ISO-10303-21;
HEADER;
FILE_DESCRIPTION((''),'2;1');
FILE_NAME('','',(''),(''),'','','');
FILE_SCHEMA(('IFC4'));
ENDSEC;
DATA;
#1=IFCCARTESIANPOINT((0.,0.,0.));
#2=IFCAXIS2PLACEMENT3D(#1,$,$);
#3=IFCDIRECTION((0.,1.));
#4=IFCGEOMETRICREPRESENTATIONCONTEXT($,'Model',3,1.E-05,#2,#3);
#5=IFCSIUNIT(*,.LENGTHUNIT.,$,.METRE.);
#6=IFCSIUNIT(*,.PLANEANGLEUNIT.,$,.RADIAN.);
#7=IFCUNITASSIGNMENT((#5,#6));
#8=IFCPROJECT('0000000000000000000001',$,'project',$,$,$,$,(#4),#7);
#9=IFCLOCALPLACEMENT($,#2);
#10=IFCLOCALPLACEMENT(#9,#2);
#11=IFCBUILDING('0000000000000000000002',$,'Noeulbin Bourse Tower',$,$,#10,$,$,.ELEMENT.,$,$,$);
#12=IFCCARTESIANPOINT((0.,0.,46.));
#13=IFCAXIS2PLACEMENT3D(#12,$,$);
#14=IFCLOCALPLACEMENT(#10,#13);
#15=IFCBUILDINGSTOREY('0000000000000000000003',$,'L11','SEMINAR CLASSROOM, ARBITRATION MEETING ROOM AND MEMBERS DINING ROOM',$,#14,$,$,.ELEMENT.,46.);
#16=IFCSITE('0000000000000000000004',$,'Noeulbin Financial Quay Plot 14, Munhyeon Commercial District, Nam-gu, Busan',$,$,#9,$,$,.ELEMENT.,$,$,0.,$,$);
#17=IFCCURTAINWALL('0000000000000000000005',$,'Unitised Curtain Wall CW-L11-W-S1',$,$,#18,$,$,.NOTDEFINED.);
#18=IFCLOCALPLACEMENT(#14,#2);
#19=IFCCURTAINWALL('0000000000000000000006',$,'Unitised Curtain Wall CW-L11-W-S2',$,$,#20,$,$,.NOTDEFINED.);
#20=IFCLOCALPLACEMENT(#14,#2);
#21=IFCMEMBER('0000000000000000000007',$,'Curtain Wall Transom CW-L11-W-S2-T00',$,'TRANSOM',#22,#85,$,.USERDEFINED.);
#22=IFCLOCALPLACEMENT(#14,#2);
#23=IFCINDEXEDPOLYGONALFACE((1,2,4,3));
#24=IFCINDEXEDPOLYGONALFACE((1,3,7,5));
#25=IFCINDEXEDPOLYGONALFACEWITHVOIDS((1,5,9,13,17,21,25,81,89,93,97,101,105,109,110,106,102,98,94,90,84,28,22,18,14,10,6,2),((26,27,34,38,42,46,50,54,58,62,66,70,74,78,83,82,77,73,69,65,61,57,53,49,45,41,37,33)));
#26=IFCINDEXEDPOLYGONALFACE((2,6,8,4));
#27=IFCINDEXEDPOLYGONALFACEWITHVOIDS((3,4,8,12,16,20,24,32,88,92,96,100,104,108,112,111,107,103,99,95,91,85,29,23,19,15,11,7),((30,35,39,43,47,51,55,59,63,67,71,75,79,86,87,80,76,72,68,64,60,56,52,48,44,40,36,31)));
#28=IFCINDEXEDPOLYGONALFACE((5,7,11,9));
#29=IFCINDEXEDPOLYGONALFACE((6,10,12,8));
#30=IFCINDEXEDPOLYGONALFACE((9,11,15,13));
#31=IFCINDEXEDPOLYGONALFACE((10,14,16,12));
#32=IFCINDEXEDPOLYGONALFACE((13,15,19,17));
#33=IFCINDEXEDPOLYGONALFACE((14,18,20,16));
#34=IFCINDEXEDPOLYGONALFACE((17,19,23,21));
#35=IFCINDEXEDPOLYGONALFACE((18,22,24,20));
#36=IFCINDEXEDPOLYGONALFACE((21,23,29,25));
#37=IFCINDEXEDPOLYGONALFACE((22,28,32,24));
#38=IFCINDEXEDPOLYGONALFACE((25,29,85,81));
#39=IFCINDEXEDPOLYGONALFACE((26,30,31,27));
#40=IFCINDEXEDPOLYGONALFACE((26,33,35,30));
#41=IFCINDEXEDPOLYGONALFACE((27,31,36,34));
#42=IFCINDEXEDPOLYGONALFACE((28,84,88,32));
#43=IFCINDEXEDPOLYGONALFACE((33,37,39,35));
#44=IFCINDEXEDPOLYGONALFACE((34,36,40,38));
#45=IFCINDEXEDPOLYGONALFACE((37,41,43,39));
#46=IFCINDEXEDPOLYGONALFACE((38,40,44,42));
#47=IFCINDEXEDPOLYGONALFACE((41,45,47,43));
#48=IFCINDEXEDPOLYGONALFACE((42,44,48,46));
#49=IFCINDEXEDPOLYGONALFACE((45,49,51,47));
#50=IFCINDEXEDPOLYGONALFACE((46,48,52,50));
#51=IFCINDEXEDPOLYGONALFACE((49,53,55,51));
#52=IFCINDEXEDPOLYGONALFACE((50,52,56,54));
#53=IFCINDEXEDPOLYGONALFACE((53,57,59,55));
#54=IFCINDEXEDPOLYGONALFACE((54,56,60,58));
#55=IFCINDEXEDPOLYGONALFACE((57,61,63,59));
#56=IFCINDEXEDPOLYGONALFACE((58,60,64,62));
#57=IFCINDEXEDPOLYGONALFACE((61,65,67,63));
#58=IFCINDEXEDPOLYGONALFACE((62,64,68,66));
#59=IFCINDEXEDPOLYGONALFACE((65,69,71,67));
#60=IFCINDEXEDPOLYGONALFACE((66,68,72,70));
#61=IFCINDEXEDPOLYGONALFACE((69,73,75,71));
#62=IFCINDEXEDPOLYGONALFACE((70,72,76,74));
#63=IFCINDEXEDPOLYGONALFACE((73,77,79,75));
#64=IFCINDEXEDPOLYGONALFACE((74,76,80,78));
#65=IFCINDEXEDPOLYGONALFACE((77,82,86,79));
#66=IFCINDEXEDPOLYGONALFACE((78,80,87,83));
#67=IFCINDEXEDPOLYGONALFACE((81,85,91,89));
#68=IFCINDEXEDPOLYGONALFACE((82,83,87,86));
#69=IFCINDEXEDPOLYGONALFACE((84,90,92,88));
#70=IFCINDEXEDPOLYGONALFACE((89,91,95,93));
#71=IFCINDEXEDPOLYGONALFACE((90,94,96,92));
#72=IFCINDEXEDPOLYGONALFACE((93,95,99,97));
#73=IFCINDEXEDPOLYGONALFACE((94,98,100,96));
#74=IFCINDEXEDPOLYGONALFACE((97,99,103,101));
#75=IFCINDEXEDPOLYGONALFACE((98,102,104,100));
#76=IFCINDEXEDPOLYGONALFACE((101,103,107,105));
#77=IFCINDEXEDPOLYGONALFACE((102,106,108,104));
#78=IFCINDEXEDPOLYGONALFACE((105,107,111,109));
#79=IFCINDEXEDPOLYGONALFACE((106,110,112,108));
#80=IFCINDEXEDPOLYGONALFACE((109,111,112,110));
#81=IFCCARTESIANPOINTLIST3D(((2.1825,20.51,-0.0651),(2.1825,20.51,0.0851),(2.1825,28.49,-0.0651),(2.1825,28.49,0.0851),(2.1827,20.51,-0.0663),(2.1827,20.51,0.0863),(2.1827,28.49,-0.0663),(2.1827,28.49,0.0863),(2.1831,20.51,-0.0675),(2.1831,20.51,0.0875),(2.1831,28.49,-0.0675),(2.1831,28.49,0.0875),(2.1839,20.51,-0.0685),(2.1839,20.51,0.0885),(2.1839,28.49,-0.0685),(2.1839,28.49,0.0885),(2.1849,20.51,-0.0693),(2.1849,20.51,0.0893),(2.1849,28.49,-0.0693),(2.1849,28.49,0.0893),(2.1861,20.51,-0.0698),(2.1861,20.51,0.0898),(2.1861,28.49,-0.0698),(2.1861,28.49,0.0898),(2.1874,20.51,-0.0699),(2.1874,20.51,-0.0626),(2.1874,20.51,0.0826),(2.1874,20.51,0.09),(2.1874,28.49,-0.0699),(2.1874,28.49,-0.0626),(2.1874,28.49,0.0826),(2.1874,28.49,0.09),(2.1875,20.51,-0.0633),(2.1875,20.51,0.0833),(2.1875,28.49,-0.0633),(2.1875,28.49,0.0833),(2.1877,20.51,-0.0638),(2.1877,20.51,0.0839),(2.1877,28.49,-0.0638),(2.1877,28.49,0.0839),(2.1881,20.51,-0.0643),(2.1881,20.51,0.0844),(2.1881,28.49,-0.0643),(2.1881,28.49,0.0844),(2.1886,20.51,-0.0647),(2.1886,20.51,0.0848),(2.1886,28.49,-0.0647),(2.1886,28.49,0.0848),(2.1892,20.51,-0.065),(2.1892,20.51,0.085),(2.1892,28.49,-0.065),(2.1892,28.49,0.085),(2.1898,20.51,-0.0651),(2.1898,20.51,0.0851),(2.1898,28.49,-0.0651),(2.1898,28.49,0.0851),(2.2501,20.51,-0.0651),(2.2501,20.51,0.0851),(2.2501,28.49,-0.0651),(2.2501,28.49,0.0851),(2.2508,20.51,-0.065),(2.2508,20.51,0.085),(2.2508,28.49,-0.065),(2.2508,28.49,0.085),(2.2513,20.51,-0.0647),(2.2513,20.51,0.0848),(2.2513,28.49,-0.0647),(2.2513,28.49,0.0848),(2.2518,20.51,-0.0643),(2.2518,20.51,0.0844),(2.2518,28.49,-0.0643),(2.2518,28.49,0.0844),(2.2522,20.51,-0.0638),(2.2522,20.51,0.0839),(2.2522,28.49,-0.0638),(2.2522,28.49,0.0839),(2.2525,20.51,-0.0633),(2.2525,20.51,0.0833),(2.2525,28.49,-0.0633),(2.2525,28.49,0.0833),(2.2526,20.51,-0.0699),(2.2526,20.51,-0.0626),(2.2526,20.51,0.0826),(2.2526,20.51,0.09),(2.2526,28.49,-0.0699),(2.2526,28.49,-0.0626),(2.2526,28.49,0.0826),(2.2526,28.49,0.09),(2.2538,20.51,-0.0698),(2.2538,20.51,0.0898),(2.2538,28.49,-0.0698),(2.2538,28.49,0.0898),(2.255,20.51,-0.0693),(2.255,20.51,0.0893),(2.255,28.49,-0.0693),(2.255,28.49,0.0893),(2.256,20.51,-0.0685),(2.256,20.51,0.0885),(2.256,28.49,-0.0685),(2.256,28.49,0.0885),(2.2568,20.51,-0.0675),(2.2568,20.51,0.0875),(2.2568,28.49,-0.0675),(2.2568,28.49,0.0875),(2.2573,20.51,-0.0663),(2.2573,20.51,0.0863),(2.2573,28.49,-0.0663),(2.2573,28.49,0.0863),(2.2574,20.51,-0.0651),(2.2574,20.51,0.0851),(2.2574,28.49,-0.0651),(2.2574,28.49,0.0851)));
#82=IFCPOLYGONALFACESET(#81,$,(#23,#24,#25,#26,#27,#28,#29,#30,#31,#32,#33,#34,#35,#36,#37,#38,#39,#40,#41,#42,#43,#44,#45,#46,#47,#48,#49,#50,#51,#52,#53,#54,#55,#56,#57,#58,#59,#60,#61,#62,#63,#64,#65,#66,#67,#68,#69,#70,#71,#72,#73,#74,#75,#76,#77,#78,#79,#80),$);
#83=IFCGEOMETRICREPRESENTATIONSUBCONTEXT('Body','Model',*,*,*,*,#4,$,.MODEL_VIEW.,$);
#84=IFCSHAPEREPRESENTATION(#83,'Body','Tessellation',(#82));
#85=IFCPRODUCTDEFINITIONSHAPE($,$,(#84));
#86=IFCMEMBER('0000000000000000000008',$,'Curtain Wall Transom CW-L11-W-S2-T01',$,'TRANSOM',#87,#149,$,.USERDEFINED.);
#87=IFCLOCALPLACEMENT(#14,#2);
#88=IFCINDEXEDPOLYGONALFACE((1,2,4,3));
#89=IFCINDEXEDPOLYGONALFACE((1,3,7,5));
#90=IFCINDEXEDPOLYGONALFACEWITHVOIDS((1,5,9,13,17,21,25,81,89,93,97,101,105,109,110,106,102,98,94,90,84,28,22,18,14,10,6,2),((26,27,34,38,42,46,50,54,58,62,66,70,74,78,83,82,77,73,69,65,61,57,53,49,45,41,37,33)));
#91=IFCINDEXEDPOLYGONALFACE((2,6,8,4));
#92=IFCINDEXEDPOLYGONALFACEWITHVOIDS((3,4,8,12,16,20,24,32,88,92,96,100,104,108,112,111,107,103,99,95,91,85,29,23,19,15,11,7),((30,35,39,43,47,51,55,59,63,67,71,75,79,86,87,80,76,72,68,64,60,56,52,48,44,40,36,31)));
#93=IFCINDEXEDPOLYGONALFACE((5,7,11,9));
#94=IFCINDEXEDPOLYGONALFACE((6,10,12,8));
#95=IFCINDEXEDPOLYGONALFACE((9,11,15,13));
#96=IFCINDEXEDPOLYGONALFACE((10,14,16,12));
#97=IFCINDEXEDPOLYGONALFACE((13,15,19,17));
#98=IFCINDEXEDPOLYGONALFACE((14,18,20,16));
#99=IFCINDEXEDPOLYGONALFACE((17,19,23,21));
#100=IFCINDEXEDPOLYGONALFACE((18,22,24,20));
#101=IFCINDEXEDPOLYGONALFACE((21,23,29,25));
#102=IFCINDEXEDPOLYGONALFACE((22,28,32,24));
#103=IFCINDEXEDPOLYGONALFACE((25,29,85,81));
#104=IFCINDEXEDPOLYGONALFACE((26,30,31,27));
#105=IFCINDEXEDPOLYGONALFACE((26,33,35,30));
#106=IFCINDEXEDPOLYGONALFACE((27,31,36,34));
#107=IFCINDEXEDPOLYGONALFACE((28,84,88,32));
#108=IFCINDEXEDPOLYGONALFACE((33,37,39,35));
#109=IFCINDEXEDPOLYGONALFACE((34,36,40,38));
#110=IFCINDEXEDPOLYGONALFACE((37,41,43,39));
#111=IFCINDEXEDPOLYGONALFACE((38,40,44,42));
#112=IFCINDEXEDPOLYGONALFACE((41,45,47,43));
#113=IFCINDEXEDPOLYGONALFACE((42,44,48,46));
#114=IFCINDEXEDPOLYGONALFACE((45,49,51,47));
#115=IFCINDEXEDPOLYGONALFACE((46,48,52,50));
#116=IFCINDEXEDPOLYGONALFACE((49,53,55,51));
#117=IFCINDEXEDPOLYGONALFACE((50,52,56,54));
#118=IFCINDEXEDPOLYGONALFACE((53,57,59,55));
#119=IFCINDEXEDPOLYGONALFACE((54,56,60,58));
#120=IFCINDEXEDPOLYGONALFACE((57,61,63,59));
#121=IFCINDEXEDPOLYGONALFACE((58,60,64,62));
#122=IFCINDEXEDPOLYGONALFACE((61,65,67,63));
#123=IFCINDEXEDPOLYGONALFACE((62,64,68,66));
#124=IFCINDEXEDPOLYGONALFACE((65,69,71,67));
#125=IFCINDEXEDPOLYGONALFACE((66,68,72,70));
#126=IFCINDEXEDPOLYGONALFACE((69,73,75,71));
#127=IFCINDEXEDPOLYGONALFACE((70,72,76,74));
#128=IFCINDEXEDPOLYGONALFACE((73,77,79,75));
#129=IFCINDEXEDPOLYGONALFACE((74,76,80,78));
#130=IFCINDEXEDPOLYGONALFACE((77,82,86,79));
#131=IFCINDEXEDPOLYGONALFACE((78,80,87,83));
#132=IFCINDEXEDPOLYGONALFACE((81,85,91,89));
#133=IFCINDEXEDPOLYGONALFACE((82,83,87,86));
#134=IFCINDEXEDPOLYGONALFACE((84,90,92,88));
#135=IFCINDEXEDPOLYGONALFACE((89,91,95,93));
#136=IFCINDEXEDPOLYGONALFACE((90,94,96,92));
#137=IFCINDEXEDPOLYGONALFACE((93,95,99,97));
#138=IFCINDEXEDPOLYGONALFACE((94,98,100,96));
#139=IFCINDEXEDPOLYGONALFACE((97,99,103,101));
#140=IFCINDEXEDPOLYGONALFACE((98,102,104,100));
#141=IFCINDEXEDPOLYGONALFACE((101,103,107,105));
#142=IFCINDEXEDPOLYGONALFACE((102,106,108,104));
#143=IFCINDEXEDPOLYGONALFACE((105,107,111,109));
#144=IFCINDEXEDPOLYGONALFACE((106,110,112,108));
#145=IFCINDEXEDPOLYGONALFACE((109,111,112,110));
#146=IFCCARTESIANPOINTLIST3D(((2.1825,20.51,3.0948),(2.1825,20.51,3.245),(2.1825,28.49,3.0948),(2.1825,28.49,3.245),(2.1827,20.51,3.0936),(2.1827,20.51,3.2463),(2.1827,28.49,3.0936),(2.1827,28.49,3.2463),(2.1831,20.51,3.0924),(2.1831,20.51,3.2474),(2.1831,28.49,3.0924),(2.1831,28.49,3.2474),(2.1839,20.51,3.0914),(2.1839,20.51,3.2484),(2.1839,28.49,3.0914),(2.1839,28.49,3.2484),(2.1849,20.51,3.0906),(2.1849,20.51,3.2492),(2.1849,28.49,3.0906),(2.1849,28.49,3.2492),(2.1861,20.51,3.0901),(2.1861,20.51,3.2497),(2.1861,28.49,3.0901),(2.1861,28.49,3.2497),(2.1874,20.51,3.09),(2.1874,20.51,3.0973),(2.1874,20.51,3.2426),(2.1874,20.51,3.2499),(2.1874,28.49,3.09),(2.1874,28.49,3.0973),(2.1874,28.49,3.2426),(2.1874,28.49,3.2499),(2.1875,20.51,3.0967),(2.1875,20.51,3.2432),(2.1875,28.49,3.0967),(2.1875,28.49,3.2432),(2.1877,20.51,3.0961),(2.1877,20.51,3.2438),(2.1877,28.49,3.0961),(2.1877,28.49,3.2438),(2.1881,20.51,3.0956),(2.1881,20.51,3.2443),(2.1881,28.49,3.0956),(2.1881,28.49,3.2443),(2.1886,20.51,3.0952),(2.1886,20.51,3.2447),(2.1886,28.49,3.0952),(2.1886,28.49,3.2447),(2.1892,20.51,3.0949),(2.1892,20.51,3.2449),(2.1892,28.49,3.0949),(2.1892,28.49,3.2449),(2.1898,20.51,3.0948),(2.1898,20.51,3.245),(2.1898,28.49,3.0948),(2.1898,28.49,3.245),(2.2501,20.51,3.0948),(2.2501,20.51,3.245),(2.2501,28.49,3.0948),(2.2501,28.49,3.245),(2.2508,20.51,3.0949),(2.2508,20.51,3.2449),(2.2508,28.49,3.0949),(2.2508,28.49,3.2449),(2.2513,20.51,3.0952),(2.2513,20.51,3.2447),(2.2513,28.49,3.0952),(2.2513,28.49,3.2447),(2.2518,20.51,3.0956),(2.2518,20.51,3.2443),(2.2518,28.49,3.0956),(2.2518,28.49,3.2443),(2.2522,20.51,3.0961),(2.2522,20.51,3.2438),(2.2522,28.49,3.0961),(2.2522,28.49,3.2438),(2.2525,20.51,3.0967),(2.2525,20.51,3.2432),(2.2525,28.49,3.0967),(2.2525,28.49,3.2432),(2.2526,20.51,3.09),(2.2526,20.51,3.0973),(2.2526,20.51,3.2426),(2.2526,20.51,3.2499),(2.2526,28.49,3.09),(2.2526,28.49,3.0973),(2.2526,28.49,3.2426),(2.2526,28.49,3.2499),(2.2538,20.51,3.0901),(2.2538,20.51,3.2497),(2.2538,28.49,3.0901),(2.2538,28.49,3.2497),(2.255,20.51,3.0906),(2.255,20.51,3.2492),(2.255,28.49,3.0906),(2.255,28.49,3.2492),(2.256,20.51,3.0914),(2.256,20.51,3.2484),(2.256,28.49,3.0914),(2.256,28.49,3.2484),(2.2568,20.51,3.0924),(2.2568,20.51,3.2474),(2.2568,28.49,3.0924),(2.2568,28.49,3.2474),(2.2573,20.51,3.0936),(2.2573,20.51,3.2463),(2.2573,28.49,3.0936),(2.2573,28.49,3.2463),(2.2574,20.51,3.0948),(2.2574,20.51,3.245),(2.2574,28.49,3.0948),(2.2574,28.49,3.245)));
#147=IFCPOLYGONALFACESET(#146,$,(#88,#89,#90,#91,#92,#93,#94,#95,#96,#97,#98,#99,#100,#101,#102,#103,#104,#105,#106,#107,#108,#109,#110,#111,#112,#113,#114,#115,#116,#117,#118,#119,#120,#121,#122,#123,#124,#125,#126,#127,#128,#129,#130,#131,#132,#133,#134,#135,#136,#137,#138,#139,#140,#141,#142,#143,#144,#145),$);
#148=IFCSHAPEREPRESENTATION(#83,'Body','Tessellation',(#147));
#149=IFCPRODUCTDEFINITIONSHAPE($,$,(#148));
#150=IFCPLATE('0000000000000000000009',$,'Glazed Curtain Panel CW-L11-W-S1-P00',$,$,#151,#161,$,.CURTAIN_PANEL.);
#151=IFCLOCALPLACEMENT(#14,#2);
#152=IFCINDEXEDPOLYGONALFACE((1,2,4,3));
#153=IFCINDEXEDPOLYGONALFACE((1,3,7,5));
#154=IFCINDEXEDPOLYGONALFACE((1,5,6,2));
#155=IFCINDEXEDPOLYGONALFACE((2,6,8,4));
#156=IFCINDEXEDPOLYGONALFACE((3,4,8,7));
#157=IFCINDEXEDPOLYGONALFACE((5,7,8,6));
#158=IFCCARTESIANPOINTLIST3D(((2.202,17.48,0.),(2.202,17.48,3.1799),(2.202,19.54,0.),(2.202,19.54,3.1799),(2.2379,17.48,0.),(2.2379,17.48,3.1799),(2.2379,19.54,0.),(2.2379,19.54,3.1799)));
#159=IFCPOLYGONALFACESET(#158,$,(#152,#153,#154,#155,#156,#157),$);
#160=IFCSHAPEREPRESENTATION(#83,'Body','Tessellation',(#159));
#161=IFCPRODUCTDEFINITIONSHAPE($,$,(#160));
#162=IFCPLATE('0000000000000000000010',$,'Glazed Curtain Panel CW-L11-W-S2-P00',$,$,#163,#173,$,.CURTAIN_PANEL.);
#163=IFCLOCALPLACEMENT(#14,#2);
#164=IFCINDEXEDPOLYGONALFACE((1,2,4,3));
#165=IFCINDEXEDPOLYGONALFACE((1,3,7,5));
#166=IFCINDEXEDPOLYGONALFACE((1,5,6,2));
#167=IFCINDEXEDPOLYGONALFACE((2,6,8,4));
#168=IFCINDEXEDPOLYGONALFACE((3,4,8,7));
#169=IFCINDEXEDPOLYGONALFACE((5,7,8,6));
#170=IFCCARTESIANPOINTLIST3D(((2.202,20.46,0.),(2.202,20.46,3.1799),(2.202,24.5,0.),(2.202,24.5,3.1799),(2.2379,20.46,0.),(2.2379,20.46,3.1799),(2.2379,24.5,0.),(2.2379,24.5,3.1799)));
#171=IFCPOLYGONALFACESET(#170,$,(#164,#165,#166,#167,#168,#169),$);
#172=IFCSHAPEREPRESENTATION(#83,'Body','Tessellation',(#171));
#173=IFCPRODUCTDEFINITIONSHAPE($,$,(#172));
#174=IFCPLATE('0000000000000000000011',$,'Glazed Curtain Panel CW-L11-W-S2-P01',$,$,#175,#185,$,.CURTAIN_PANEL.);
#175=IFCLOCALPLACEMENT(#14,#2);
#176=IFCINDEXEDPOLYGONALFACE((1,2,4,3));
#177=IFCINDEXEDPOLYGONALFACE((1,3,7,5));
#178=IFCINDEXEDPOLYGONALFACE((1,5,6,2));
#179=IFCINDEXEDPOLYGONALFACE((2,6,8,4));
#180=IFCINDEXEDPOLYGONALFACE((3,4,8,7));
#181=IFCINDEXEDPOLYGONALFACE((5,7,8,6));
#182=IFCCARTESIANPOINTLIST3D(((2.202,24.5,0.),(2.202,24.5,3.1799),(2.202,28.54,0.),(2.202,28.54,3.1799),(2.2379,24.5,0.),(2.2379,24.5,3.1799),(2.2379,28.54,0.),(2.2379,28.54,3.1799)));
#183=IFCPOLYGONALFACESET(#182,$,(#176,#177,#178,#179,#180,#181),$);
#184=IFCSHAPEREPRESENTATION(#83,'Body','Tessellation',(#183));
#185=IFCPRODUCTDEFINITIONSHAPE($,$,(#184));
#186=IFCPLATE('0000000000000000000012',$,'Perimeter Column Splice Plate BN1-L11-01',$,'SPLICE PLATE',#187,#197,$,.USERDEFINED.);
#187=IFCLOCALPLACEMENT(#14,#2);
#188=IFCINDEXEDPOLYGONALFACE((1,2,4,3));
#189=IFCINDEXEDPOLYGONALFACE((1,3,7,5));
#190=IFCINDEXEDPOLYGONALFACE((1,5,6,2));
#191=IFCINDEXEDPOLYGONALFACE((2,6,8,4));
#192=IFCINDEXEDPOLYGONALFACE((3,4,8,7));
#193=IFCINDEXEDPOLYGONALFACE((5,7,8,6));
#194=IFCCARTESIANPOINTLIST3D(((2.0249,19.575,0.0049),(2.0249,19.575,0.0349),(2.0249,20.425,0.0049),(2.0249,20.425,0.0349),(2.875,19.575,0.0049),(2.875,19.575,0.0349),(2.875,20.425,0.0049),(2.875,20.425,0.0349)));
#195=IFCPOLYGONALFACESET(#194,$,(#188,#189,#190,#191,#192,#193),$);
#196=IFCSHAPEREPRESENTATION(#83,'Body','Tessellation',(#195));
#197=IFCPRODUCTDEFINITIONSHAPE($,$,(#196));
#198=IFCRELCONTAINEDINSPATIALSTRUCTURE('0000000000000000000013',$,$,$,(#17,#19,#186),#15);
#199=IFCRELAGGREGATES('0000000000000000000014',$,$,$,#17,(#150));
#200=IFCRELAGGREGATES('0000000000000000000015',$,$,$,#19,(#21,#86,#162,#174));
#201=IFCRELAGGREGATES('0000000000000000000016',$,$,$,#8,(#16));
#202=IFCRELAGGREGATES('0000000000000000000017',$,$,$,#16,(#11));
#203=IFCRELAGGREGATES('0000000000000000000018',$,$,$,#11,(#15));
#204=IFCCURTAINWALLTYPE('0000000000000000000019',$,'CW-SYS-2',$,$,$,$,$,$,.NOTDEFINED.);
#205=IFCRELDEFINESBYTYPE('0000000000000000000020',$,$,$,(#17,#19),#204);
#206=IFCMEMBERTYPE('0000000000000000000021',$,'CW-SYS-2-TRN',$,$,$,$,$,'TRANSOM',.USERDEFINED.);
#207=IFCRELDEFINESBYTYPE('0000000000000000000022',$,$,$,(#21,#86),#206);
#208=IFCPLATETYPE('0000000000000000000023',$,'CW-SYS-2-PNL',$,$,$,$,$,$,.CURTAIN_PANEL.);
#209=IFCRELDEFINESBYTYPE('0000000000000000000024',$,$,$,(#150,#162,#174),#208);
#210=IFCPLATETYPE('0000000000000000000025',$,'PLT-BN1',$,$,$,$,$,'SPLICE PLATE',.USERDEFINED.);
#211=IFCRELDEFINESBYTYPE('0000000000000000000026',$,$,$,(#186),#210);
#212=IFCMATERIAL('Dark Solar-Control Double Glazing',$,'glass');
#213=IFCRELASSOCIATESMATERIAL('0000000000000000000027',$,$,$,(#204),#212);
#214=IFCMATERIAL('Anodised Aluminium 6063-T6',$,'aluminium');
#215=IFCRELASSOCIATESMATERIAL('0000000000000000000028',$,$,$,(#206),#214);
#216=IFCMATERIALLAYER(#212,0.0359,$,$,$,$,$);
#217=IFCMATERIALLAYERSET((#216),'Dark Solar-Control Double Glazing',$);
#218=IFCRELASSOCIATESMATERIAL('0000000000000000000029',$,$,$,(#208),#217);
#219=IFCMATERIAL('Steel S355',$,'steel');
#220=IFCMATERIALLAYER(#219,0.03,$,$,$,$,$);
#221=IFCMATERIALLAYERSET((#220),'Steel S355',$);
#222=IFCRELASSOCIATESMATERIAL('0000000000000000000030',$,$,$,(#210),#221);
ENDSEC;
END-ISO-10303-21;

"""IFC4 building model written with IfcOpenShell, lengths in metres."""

from ifc_helpers import new_model, si_unit, direction, frame, origin, origin_2d, place, context, subcontext, project, spatial, rectangle, hollow_rectangle, extrude, material, layer, layer_set, material_profile, profile_set, type_object, element, aggregate, save


model = new_model("IFC4")

# Units and contexts
model_context = context("Model", 3, precision=1e-05, world=origin(), true_north=direction((0.0, 1.0)))
body_context = subcontext(model_context, "Body", "Model", "MODEL_VIEW")
ifc_project = project(units=[si_unit("LENGTHUNIT", "METRE"), si_unit("PLANEANGLEUNIT", "RADIAN")], contexts=[model_context])

# Site, building, storey
site_placement = place(None, origin())
site = spatial("IfcSite", under=ifc_project, at=site_placement, Name="Noeulbin Financial Quay Plot 14, Munhyeon Commercial District, Nam-gu, Busan", CompositionType="ELEMENT", RefElevation=0.0)
building_placement = place(site_placement, origin())
building = spatial("IfcBuilding", under=site, at=building_placement, Name="Noeulbin Bourse Tower", CompositionType="ELEMENT")
storey_placement = place(building_placement, frame((0.0, 0.0, 46.0)))
storey = spatial("IfcBuildingStorey", under=building, at=storey_placement, Name="L11", Description="SEMINAR CLASSROOM, ARBITRATION MEETING ROOM AND MEMBERS DINING ROOM", CompositionType="ELEMENT", Elevation=46.0)

# Shared definitions
ifc_material_1 = material(Name="Steel S355", Category="steel")

# Curtain wall
ifc_material_2 = material(Name="Dark Solar-Control Double Glazing", Category="glass")
curtain_wall_type = type_object("IfcCurtainWallType", Name="CW-SYS-2", PredefinedType="NOTDEFINED", material=ifc_material_2)
curtain_wall_1_placement = place(storey_placement, origin())
curtain_wall_1 = element("IfcCurtainWall", 1, at=curtain_wall_1_placement, inside=storey, type_object=curtain_wall_type, Name="Unitised Curtain Wall CW-L11-W-S1", PredefinedType="NOTDEFINED")
ifc_material_3 = material(Name="Anodised Aluminium 6063-T6", Category="aluminium")

# Curtain wall
curtain_wall_2_placement = place(storey_placement, origin())
curtain_wall_2 = element("IfcCurtainWall", 2, at=curtain_wall_2_placement, inside=storey, type_object=curtain_wall_type, Name="Unitised Curtain Wall CW-L11-W-S2", PredefinedType="NOTDEFINED")

# Members
ifc_material_profile_1 = material_profile(ifc_material_3, hollow_rectangle(XDim=0.075, YDim=0.1599, WallThickness=0.0049, InnerFilletRadius=0.0024, OuterFilletRadius=0.0049, at=origin_2d()), Name="ALU-TRAN-75x160x5", Category="LoadBearing")
ifc_profile_set_1 = profile_set([ifc_material_profile_1], Name="Anodised Aluminium 6063-T6")
member_type_1 = type_object("IfcMemberType", Name="CW-SYS-2-TRN", ElementType="TRANSOM", PredefinedType="USERDEFINED", material=ifc_profile_set_1)
member_1_placement = place(storey_placement, frame((2.22, 20.51, 0.01), z_axis=(0.0, 1.0, 0.0), x_axis=(-1.0, 0.0, 0.0)))
member_1 = element("IfcMember", 3, at=member_1_placement, type_object=member_type_1, Name="Curtain Wall Transom CW-L11-W-S2-T00", ObjectType="TRANSOM", PredefinedType="USERDEFINED", context=body_context, shape_type="SweptSolid", body=[
    extrude(hollow_rectangle(XDim=0.075, YDim=0.1599, WallThickness=0.0049, InnerFilletRadius=0.0024, OuterFilletRadius=0.0049, at=origin_2d()), origin(), (0.0, 0.0, 1.0), 7.98),
])
member_2_placement = place(storey_placement, frame((2.22, 20.51, 3.1699), z_axis=(0.0, 1.0, 0.0), x_axis=(-1.0, 0.0, 0.0)))
member_2 = element("IfcMember", 4, at=member_2_placement, type_object=member_type_1, Name="Curtain Wall Transom CW-L11-W-S2-T01", ObjectType="TRANSOM", PredefinedType="USERDEFINED", context=body_context, shape_type="SweptSolid", body=[
    extrude(hollow_rectangle(XDim=0.075, YDim=0.1599, WallThickness=0.0049, InnerFilletRadius=0.0024, OuterFilletRadius=0.0049, at=origin_2d()), origin(), (0.0, 0.0, 1.0), 7.98),
])

# Plates
ifc_layer_1 = layer(ifc_material_2, 0.0359)
ifc_layer_set_1 = layer_set([ifc_layer_1], Name="Dark Solar-Control Double Glazing")
plate_type_1 = type_object("IfcPlateType", Name="CW-SYS-2-PNL", PredefinedType="CURTAIN_PANEL", material=ifc_layer_set_1)
plate_1_placement = place(storey_placement, frame((2.22, 18.51, 0.0), z_axis=(0.0, 0.0, 1.0), x_axis=(0.0, 1.0, 0.0)))
plate_1 = element("IfcPlate", 5, at=plate_1_placement, type_object=plate_type_1, Name="Glazed Curtain Panel CW-L11-W-S1-P00", PredefinedType="CURTAIN_PANEL", context=body_context, shape_type="SweptSolid", body=[
    extrude(rectangle(XDim=2.0601, YDim=0.0359, at=origin_2d()), origin(), (0.0, 0.0, 1.0), 3.1799),
])
aggregate(curtain_wall_1, [plate_1])
plate_2_placement = place(storey_placement, frame((2.22, 22.48, 0.0), z_axis=(0.0, 0.0, 1.0), x_axis=(0.0, 1.0, 0.0)))
plate_2 = element("IfcPlate", 6, at=plate_2_placement, type_object=plate_type_1, Name="Glazed Curtain Panel CW-L11-W-S2-P00", PredefinedType="CURTAIN_PANEL", context=body_context, shape_type="SweptSolid", body=[
    extrude(rectangle(XDim=4.04, YDim=0.0359, at=origin_2d()), origin(), (0.0, 0.0, 1.0), 3.1799),
])
plate_3_placement = place(storey_placement, frame((2.22, 26.52, 0.0), z_axis=(0.0, 0.0, 1.0), x_axis=(0.0, 1.0, 0.0)))
plate_3 = element("IfcPlate", 7, at=plate_3_placement, type_object=plate_type_1, Name="Glazed Curtain Panel CW-L11-W-S2-P01", PredefinedType="CURTAIN_PANEL", context=body_context, shape_type="SweptSolid", body=[
    extrude(rectangle(XDim=4.04, YDim=0.0359, at=origin_2d()), origin(), (0.0, 0.0, 1.0), 3.1799),
])
aggregate(curtain_wall_2, [member_1, member_2, plate_2, plate_3])
ifc_layer_2 = layer(ifc_material_1, 0.03)
ifc_layer_set_2 = layer_set([ifc_layer_2], Name="Steel S355")
plate_type_2 = type_object("IfcPlateType", Name="PLT-BN1", ElementType="SPLICE PLATE", PredefinedType="USERDEFINED", material=ifc_layer_set_2)
plate_4_placement = place(storey_placement, frame((2.45, 20.0, 0.0049), z_axis=(0.0, 0.0, 1.0), x_axis=(1.0, 0.0, 0.0)))
element("IfcPlate", 8, at=plate_4_placement, inside=storey, type_object=plate_type_2, Name="Perimeter Column Splice Plate BN1-L11-01", ObjectType="SPLICE PLATE", PredefinedType="USERDEFINED", context=body_context, shape_type="SweptSolid", body=[
    extrude(rectangle(XDim=0.8501, YDim=0.8501, at=origin_2d()), origin(), (0.0, 0.0, 1.0), 0.03),
])

save(model, "model.ifc")
